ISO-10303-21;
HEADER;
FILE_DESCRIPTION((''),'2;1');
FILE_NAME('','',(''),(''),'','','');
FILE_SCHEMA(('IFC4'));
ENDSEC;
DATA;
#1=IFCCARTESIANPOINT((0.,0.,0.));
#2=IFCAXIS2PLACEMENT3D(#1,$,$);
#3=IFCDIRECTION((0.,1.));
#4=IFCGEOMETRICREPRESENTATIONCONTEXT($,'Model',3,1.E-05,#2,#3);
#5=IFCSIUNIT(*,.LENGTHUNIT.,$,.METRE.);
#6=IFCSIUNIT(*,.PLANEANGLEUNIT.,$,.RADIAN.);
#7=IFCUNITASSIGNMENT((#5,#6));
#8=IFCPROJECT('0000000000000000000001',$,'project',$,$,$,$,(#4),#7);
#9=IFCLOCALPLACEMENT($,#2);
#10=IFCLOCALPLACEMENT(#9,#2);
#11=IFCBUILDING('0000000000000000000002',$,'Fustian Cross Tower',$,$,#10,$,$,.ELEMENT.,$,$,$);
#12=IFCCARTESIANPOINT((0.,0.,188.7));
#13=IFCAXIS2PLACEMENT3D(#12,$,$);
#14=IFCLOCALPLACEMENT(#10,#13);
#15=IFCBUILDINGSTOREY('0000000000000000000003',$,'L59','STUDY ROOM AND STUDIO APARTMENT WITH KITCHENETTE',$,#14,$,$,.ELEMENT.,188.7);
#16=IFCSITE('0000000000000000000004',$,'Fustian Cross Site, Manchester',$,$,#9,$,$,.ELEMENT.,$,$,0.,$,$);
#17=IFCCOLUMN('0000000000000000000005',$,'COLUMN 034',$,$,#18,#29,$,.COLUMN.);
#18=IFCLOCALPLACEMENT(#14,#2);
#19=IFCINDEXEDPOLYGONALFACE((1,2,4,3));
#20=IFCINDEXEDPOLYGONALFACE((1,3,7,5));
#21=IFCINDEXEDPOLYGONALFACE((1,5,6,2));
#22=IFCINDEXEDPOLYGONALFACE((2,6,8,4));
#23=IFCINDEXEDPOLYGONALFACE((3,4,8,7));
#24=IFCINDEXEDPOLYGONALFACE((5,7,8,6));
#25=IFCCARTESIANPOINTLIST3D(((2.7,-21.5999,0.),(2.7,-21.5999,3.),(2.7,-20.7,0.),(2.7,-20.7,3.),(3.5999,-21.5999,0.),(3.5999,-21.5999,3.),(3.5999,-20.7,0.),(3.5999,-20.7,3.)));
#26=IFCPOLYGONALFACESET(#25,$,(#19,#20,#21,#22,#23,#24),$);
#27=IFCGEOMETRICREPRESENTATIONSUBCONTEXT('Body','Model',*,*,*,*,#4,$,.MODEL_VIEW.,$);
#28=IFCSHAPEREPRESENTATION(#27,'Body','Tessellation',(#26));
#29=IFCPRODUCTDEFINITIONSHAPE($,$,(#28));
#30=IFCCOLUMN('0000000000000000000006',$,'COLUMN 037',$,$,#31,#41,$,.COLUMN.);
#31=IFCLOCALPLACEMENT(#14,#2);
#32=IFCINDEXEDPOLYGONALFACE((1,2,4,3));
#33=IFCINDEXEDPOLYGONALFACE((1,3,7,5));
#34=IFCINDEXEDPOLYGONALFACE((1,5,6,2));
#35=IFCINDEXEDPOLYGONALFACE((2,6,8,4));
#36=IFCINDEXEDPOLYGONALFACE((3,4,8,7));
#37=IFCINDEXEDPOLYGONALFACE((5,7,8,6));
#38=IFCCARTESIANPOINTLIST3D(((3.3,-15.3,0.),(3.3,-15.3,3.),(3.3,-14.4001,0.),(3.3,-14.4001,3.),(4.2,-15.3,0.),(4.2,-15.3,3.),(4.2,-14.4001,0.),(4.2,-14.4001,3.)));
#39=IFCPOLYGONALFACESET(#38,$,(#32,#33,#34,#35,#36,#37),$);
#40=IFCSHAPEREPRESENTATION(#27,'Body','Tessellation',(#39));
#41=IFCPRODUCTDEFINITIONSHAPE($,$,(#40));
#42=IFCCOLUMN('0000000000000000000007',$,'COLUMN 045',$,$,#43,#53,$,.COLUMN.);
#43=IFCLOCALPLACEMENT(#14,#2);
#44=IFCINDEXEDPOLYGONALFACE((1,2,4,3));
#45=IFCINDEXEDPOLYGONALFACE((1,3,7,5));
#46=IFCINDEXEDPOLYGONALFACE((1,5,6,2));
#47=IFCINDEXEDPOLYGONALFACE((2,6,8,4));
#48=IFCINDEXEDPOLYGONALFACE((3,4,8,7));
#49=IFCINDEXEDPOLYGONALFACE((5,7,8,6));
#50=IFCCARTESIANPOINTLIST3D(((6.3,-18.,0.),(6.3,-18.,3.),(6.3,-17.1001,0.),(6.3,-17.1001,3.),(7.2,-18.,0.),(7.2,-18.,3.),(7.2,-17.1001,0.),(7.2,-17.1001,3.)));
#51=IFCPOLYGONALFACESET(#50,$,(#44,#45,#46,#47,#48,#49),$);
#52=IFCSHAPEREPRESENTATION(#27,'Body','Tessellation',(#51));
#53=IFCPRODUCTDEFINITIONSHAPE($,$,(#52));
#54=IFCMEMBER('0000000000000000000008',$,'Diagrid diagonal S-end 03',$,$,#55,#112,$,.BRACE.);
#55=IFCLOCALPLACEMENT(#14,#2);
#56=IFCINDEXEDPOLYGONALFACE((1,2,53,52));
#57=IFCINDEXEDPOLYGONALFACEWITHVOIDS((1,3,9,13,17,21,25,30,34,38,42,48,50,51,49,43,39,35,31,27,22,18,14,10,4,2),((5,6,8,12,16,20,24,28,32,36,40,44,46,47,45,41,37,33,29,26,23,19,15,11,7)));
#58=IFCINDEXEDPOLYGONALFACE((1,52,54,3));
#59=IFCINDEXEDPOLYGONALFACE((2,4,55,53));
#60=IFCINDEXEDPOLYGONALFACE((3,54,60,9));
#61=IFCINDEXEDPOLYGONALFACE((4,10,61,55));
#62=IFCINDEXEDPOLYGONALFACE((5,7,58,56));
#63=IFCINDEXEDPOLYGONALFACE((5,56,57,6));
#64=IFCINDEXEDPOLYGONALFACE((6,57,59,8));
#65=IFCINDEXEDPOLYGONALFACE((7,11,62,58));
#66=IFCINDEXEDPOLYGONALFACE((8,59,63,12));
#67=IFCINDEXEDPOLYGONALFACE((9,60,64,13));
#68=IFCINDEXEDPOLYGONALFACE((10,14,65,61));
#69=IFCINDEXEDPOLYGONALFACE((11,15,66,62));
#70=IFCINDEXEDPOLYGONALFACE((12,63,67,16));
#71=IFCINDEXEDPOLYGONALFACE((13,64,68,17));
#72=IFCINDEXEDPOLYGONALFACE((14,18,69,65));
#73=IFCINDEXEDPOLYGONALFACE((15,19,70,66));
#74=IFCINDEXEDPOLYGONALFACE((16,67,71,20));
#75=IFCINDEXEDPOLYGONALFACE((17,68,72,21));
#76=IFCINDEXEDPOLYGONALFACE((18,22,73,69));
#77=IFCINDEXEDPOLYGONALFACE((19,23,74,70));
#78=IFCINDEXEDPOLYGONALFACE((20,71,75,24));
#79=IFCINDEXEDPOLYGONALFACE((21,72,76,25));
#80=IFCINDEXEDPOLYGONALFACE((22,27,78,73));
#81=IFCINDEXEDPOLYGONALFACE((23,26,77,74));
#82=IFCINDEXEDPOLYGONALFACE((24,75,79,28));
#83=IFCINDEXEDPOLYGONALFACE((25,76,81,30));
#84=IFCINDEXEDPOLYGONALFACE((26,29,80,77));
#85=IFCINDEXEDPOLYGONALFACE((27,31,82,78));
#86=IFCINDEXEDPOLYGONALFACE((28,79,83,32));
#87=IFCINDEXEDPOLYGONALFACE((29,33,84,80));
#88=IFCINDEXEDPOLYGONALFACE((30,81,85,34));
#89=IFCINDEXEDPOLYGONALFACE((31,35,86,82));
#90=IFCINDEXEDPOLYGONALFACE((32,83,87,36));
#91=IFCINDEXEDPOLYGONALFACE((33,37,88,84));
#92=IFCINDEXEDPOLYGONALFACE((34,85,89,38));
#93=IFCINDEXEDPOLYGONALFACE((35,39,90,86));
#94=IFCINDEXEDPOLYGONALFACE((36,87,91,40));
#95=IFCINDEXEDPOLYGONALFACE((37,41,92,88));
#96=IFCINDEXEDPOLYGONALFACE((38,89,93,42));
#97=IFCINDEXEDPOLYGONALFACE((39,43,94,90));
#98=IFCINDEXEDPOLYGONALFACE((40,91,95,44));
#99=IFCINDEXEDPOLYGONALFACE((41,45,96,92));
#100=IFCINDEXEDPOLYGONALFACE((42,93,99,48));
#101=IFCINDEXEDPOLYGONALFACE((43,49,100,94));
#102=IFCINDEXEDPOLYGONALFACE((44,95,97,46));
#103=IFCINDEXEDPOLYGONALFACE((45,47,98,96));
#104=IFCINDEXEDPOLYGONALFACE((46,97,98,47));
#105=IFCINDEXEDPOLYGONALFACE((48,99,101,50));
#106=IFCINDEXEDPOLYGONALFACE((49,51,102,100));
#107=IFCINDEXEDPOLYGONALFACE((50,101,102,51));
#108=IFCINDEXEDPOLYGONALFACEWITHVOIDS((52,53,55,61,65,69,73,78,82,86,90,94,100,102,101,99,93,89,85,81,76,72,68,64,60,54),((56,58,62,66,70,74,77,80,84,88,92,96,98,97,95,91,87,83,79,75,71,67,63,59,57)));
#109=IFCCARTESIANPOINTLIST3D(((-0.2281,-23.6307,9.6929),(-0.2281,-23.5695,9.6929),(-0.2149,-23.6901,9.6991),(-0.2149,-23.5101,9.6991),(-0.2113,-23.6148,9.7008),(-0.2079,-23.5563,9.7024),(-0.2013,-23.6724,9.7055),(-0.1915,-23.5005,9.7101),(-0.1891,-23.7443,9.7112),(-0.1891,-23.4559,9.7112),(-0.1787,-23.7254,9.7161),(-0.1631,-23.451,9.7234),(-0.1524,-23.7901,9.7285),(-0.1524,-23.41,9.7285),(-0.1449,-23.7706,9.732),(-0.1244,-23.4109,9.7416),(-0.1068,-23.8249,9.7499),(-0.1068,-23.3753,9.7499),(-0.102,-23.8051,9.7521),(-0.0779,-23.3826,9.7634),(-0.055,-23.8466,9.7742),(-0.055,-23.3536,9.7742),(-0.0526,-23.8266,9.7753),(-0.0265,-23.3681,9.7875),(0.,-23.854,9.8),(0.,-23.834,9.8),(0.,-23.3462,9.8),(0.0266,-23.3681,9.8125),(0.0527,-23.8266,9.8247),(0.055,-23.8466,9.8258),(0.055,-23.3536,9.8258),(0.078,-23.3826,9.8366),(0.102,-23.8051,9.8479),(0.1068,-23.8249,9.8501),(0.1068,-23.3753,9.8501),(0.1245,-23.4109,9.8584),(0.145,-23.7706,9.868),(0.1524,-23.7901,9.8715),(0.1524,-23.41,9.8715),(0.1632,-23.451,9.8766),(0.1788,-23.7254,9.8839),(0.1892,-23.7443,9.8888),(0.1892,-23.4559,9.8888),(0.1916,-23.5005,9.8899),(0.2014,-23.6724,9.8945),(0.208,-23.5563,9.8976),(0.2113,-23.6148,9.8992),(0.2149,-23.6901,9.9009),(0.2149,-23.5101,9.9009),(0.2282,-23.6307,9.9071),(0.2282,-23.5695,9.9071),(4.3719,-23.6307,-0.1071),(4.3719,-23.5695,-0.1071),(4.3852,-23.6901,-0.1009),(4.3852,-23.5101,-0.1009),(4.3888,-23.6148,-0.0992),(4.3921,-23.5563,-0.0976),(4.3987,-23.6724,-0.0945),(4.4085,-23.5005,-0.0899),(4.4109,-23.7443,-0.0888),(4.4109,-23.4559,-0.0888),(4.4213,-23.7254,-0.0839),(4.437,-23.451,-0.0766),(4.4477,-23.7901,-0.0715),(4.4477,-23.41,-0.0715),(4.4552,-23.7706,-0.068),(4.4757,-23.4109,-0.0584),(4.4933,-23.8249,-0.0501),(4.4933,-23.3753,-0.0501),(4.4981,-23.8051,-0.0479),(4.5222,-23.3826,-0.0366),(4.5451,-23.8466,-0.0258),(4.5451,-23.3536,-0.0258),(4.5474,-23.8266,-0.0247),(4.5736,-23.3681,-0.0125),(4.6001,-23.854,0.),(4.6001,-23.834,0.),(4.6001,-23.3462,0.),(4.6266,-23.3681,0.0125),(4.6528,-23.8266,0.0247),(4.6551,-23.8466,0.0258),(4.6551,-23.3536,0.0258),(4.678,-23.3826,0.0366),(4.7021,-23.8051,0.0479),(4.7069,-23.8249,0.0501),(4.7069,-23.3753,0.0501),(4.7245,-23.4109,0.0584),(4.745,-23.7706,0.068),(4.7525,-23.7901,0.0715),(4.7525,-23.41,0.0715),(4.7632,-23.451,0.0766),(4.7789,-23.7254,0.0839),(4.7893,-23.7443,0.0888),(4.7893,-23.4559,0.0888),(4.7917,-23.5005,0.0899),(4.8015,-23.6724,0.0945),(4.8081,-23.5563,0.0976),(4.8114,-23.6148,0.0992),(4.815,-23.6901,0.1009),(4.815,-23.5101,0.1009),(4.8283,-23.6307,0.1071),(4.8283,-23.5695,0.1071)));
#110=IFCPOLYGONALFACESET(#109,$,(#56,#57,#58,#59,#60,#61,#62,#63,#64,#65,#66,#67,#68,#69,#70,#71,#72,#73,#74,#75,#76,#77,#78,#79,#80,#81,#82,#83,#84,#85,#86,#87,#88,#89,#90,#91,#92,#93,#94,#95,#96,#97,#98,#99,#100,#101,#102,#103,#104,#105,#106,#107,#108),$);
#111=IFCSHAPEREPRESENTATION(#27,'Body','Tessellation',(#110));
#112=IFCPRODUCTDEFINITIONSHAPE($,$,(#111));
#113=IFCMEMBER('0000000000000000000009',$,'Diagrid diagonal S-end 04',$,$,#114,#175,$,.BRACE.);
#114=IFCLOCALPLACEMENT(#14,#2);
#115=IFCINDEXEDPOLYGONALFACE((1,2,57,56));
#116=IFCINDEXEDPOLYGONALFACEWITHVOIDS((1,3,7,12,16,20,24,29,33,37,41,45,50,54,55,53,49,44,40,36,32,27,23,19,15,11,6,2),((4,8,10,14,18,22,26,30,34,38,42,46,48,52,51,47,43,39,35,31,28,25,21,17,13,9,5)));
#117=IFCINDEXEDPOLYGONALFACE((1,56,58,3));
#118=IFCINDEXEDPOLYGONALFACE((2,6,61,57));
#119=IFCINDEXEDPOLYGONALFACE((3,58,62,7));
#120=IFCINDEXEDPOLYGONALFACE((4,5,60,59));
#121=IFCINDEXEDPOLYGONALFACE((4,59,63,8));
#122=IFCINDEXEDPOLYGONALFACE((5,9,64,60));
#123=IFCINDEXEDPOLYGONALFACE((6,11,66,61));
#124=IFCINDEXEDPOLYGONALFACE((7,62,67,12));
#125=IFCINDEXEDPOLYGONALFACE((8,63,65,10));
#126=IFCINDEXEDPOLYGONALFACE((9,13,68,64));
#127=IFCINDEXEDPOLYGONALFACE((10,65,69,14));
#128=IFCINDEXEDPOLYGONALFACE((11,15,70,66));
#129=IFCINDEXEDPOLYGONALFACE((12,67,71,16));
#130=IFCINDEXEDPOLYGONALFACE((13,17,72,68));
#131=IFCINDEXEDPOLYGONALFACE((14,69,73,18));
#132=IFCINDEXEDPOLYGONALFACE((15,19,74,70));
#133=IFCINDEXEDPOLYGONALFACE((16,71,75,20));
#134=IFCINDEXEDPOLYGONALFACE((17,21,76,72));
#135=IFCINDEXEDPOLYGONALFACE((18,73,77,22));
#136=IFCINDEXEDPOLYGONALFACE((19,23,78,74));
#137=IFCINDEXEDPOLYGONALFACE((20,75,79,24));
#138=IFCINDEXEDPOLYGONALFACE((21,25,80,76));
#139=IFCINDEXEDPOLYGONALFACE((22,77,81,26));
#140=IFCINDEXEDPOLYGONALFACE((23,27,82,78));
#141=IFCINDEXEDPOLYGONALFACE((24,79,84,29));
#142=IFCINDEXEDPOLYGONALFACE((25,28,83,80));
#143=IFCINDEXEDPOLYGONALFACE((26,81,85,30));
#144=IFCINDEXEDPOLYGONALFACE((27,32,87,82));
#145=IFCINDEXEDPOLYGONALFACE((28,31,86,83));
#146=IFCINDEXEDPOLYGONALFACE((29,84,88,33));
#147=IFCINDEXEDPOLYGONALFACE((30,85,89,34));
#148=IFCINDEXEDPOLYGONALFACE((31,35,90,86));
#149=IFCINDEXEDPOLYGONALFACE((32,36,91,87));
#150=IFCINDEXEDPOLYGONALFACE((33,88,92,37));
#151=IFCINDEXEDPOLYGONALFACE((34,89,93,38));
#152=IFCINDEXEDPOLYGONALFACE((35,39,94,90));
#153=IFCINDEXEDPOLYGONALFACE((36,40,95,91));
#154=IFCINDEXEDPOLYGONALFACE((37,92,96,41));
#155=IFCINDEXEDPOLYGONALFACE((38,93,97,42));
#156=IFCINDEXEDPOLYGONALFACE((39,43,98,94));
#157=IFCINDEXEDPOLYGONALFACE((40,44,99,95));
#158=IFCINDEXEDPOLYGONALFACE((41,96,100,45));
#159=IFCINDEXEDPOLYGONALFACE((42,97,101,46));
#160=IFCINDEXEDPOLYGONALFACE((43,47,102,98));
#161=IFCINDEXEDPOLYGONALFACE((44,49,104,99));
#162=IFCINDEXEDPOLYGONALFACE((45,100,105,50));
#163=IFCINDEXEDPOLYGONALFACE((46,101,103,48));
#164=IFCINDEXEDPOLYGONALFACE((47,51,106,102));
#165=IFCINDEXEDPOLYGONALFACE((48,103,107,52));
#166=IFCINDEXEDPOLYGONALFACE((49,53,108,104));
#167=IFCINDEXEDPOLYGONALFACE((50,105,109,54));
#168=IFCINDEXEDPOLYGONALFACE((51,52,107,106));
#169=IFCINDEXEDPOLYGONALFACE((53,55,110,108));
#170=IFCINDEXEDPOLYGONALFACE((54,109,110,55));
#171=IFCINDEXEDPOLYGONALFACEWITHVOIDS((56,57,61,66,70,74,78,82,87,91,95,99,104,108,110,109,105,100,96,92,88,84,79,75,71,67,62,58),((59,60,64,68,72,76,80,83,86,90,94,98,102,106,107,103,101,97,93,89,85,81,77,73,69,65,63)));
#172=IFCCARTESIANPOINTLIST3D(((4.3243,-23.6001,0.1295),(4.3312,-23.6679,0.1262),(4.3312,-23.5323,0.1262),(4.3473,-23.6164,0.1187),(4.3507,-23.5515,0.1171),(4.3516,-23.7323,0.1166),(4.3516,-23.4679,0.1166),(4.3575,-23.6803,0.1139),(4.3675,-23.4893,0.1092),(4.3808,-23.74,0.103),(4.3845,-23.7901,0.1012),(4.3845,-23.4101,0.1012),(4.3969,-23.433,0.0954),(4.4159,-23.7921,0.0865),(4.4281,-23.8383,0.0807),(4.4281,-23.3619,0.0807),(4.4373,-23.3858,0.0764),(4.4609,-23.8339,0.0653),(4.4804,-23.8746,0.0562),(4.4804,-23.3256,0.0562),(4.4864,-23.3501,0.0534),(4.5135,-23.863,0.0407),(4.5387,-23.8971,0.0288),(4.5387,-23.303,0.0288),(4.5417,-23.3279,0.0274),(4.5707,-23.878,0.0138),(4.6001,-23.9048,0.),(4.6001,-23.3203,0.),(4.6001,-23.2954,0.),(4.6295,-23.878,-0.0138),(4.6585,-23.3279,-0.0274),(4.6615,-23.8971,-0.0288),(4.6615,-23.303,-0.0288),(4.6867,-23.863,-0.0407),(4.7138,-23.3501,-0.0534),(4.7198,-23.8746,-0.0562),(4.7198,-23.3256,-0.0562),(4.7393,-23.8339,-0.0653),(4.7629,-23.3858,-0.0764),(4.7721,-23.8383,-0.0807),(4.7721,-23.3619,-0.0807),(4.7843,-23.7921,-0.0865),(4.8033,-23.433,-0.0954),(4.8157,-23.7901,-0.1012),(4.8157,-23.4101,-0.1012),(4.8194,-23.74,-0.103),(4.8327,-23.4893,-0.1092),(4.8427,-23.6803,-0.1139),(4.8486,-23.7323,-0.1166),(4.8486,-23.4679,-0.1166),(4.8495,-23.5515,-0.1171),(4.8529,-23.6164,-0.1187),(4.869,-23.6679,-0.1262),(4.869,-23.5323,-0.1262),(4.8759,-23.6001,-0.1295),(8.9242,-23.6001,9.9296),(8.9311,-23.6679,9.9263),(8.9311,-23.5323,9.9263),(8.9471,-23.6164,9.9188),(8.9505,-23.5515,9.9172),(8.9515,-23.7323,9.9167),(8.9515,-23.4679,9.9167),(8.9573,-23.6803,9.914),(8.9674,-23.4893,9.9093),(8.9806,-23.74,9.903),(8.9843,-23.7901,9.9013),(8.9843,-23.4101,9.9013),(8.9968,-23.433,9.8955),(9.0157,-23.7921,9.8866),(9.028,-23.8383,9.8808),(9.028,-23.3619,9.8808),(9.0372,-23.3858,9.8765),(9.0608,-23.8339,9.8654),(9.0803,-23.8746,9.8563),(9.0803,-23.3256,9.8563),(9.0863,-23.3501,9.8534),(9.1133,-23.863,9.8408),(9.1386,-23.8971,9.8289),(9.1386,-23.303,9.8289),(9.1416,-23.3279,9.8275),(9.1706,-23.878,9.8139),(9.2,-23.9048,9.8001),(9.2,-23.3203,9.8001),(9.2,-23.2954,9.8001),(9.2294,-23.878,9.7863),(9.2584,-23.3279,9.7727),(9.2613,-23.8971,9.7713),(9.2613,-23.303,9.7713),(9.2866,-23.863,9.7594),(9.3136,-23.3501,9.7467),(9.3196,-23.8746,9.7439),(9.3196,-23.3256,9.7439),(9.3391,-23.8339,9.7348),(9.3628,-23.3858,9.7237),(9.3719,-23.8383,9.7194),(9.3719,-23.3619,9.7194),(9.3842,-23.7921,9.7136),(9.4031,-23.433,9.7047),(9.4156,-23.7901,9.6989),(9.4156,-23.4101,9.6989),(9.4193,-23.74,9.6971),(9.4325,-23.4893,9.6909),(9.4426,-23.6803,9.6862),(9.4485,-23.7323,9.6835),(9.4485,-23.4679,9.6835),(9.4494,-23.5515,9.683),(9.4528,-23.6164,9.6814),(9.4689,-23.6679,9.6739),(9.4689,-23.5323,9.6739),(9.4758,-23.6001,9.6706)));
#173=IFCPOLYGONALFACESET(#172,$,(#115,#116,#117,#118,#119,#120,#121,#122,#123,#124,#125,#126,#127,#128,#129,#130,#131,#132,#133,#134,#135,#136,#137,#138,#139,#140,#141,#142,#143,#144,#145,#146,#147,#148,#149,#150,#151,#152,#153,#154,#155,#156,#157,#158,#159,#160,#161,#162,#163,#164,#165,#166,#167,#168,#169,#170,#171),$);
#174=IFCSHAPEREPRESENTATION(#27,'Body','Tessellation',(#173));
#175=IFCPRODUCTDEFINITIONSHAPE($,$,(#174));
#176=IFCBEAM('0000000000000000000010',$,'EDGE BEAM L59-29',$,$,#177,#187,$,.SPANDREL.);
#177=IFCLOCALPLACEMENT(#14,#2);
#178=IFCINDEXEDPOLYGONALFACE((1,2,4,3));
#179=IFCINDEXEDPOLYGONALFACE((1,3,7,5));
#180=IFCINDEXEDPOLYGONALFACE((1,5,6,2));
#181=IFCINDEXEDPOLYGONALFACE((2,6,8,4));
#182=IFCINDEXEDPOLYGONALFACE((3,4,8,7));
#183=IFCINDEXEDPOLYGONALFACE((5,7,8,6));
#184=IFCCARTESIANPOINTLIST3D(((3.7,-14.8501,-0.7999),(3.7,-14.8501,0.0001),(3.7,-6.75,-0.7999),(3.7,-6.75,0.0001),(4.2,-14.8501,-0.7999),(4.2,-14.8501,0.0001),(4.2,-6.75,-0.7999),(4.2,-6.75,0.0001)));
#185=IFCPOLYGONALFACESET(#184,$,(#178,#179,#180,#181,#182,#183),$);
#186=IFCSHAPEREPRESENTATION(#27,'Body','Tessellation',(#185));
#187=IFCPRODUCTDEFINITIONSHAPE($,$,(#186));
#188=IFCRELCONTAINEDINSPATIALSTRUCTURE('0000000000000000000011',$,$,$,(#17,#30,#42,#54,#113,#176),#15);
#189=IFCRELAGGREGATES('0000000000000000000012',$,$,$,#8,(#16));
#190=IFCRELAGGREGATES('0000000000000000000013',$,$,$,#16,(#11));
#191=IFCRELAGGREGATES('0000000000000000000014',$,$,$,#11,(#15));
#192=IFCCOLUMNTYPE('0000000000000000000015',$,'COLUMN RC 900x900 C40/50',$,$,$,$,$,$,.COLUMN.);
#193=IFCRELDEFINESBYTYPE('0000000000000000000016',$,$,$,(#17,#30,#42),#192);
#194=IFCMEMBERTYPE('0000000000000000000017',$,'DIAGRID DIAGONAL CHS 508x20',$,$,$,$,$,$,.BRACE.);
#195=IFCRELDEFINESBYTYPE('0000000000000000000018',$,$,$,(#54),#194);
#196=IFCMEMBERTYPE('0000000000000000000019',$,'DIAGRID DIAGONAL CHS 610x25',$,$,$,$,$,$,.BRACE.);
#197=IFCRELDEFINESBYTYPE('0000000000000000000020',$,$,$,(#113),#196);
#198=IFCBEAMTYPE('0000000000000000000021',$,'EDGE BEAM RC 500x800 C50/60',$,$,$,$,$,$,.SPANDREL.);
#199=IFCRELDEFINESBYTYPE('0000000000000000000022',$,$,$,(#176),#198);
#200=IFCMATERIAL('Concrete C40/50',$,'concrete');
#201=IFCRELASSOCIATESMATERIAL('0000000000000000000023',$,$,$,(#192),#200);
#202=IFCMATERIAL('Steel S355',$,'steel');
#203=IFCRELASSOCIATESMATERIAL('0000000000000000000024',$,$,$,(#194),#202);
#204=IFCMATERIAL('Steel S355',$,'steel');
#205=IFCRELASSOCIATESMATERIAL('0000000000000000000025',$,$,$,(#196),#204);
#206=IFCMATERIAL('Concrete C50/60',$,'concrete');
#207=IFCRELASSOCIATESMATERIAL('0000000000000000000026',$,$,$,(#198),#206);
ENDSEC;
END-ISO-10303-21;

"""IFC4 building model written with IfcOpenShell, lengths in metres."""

from ifc_helpers import new_model, si_unit, direction, frame, origin, origin_2d, place, context, subcontext, project, spatial, rectangle, hollow_circle, extrude, material, material_profile, profile_set, type_object, element, save


model = new_model("IFC4")

# Units and contexts
model_context = context("Model", 3, precision=1e-05, world=origin(), true_north=direction((0.0, 1.0)))
body_context = subcontext(model_context, "Body", "Model", "MODEL_VIEW")
ifc_project = project(units=[si_unit("LENGTHUNIT", "METRE"), si_unit("PLANEANGLEUNIT", "RADIAN")], contexts=[model_context])

# Site, building, storey
site_placement = place(None, origin())
site = spatial("IfcSite", under=ifc_project, at=site_placement, Name="Fustian Cross Site, Manchester", CompositionType="ELEMENT", RefElevation=0.0)
building_placement = place(site_placement, origin())
building = spatial("IfcBuilding", under=site, at=building_placement, Name="Fustian Cross Tower", CompositionType="ELEMENT")
storey_placement = place(building_placement, frame((0.0, 0.0, 188.7)))
storey = spatial("IfcBuildingStorey", under=building, at=storey_placement, Name="L59", Description="STUDY ROOM AND STUDIO APARTMENT WITH KITCHENETTE", CompositionType="ELEMENT", Elevation=188.7)

# Columns
ifc_material_1 = material(Name="Concrete C40/50", Category="concrete")
ifc_material_profile_1 = material_profile(ifc_material_1, rectangle(XDim=0.8999, YDim=0.8999, at=origin_2d()), Name="RC 900x900")
ifc_profile_set_1 = profile_set([ifc_material_profile_1], Name="Concrete C40/50")
column_type = type_object("IfcColumnType", Name="COLUMN RC 900x900 C40/50", PredefinedType="COLUMN", material=ifc_profile_set_1)
for number, where, z_axis, x_axis, name in (
    (1, (3.1499, -21.1499, 0.0), (0.0, 0.0, 1.0), (1.0, 0.0, 0.0), "COLUMN 034"),
    (2, (3.75, -14.8501, 0.0), (0.0, 0.0, 1.0), (1.0, 0.0, 0.0), "COLUMN 037"),
    (3, (6.75, -17.55, 0.0), (0.0, 0.0, 1.0), (1.0, 0.0, 0.0), "COLUMN 045"),
):
    element("IfcColumn", number, at=place(storey_placement, frame(where, z_axis=z_axis, x_axis=x_axis)), inside=storey, type_object=column_type, Name=name, PredefinedType="COLUMN", context=body_context, shape_type="SweptSolid", body=[
        extrude(rectangle(XDim=0.8999, YDim=0.8999, at=origin_2d()), origin(), (0.0, 0.0, 1.0), 3.0),
    ])

# Members
ifc_material_2 = material(Name="Steel S355", Category="steel")
ifc_material_profile_2 = material_profile(ifc_material_2, hollow_circle(Radius=0.2539, WallThickness=0.02, at=origin_2d()), Name="CHS 508x20")
ifc_profile_set_2 = profile_set([ifc_material_profile_2], Name="Steel S355")
member_type_1 = type_object("IfcMemberType", Name="DIAGRID DIAGONAL CHS 508x20", PredefinedType="BRACE", material=ifc_profile_set_2)
member_1_placement = place(storey_placement, frame((4.6001, -23.6001, 0.0), z_axis=(-0.424913, 0.0, 0.905234), x_axis=(0.0, -1.0, 0.0)))
element("IfcMember", 4, at=member_1_placement, inside=storey, type_object=member_type_1, Name="Diagrid diagonal S-end 03", PredefinedType="BRACE", context=body_context, shape_type="SweptSolid", body=[
    extrude(hollow_circle(Radius=0.2539, WallThickness=0.02, at=origin_2d()), origin(), (0.0, 0.0, 1.0), 10.8259),
])
ifc_material_3 = material(Name="Steel S355", Category="steel")
ifc_material_profile_3 = material_profile(ifc_material_3, hollow_circle(Radius=0.3047, WallThickness=0.0249, at=origin_2d()), Name="CHS 610x25")
ifc_profile_set_3 = profile_set([ifc_material_profile_3], Name="Steel S355")
member_type_2 = type_object("IfcMemberType", Name="DIAGRID DIAGONAL CHS 610x25", PredefinedType="BRACE", material=ifc_profile_set_3)
member_2_placement = place(storey_placement, frame((4.6001, -23.6001, 0.0), z_axis=(0.424894, 0.0, 0.905243), x_axis=(0.0, 1.0, 0.0)))
element("IfcMember", 5, at=member_2_placement, inside=storey, type_object=member_type_2, Name="Diagrid diagonal S-end 04", PredefinedType="BRACE", context=body_context, shape_type="SweptSolid", body=[
    extrude(hollow_circle(Radius=0.3047, WallThickness=0.0249, at=origin_2d()), origin(), (0.0, 0.0, 1.0), 10.8259),
])

# Beam
ifc_material_4 = material(Name="Concrete C50/60", Category="concrete")
ifc_material_profile_4 = material_profile(ifc_material_4, rectangle(XDim=0.5, YDim=0.8, at=origin_2d()), Name="RC 500x800")
ifc_profile_set_4 = profile_set([ifc_material_profile_4], Name="Concrete C50/60")
beam_type = type_object("IfcBeamType", Name="EDGE BEAM RC 500x800 C50/60", PredefinedType="SPANDREL", material=ifc_profile_set_4)
beam_placement = place(storey_placement, frame((3.95, -14.8501, -0.3999), z_axis=(0.0, 1.0, 0.0), x_axis=(-1.0, 0.0, 0.0)))
element("IfcBeam", 6, at=beam_placement, inside=storey, type_object=beam_type, Name="EDGE BEAM L59-29", PredefinedType="SPANDREL", context=body_context, shape_type="SweptSolid", body=[
    extrude(rectangle(XDim=0.5, YDim=0.8, at=origin_2d()), origin(), (0.0, 0.0, 1.0), 8.1001),
])

save(model, "model.ifc")
